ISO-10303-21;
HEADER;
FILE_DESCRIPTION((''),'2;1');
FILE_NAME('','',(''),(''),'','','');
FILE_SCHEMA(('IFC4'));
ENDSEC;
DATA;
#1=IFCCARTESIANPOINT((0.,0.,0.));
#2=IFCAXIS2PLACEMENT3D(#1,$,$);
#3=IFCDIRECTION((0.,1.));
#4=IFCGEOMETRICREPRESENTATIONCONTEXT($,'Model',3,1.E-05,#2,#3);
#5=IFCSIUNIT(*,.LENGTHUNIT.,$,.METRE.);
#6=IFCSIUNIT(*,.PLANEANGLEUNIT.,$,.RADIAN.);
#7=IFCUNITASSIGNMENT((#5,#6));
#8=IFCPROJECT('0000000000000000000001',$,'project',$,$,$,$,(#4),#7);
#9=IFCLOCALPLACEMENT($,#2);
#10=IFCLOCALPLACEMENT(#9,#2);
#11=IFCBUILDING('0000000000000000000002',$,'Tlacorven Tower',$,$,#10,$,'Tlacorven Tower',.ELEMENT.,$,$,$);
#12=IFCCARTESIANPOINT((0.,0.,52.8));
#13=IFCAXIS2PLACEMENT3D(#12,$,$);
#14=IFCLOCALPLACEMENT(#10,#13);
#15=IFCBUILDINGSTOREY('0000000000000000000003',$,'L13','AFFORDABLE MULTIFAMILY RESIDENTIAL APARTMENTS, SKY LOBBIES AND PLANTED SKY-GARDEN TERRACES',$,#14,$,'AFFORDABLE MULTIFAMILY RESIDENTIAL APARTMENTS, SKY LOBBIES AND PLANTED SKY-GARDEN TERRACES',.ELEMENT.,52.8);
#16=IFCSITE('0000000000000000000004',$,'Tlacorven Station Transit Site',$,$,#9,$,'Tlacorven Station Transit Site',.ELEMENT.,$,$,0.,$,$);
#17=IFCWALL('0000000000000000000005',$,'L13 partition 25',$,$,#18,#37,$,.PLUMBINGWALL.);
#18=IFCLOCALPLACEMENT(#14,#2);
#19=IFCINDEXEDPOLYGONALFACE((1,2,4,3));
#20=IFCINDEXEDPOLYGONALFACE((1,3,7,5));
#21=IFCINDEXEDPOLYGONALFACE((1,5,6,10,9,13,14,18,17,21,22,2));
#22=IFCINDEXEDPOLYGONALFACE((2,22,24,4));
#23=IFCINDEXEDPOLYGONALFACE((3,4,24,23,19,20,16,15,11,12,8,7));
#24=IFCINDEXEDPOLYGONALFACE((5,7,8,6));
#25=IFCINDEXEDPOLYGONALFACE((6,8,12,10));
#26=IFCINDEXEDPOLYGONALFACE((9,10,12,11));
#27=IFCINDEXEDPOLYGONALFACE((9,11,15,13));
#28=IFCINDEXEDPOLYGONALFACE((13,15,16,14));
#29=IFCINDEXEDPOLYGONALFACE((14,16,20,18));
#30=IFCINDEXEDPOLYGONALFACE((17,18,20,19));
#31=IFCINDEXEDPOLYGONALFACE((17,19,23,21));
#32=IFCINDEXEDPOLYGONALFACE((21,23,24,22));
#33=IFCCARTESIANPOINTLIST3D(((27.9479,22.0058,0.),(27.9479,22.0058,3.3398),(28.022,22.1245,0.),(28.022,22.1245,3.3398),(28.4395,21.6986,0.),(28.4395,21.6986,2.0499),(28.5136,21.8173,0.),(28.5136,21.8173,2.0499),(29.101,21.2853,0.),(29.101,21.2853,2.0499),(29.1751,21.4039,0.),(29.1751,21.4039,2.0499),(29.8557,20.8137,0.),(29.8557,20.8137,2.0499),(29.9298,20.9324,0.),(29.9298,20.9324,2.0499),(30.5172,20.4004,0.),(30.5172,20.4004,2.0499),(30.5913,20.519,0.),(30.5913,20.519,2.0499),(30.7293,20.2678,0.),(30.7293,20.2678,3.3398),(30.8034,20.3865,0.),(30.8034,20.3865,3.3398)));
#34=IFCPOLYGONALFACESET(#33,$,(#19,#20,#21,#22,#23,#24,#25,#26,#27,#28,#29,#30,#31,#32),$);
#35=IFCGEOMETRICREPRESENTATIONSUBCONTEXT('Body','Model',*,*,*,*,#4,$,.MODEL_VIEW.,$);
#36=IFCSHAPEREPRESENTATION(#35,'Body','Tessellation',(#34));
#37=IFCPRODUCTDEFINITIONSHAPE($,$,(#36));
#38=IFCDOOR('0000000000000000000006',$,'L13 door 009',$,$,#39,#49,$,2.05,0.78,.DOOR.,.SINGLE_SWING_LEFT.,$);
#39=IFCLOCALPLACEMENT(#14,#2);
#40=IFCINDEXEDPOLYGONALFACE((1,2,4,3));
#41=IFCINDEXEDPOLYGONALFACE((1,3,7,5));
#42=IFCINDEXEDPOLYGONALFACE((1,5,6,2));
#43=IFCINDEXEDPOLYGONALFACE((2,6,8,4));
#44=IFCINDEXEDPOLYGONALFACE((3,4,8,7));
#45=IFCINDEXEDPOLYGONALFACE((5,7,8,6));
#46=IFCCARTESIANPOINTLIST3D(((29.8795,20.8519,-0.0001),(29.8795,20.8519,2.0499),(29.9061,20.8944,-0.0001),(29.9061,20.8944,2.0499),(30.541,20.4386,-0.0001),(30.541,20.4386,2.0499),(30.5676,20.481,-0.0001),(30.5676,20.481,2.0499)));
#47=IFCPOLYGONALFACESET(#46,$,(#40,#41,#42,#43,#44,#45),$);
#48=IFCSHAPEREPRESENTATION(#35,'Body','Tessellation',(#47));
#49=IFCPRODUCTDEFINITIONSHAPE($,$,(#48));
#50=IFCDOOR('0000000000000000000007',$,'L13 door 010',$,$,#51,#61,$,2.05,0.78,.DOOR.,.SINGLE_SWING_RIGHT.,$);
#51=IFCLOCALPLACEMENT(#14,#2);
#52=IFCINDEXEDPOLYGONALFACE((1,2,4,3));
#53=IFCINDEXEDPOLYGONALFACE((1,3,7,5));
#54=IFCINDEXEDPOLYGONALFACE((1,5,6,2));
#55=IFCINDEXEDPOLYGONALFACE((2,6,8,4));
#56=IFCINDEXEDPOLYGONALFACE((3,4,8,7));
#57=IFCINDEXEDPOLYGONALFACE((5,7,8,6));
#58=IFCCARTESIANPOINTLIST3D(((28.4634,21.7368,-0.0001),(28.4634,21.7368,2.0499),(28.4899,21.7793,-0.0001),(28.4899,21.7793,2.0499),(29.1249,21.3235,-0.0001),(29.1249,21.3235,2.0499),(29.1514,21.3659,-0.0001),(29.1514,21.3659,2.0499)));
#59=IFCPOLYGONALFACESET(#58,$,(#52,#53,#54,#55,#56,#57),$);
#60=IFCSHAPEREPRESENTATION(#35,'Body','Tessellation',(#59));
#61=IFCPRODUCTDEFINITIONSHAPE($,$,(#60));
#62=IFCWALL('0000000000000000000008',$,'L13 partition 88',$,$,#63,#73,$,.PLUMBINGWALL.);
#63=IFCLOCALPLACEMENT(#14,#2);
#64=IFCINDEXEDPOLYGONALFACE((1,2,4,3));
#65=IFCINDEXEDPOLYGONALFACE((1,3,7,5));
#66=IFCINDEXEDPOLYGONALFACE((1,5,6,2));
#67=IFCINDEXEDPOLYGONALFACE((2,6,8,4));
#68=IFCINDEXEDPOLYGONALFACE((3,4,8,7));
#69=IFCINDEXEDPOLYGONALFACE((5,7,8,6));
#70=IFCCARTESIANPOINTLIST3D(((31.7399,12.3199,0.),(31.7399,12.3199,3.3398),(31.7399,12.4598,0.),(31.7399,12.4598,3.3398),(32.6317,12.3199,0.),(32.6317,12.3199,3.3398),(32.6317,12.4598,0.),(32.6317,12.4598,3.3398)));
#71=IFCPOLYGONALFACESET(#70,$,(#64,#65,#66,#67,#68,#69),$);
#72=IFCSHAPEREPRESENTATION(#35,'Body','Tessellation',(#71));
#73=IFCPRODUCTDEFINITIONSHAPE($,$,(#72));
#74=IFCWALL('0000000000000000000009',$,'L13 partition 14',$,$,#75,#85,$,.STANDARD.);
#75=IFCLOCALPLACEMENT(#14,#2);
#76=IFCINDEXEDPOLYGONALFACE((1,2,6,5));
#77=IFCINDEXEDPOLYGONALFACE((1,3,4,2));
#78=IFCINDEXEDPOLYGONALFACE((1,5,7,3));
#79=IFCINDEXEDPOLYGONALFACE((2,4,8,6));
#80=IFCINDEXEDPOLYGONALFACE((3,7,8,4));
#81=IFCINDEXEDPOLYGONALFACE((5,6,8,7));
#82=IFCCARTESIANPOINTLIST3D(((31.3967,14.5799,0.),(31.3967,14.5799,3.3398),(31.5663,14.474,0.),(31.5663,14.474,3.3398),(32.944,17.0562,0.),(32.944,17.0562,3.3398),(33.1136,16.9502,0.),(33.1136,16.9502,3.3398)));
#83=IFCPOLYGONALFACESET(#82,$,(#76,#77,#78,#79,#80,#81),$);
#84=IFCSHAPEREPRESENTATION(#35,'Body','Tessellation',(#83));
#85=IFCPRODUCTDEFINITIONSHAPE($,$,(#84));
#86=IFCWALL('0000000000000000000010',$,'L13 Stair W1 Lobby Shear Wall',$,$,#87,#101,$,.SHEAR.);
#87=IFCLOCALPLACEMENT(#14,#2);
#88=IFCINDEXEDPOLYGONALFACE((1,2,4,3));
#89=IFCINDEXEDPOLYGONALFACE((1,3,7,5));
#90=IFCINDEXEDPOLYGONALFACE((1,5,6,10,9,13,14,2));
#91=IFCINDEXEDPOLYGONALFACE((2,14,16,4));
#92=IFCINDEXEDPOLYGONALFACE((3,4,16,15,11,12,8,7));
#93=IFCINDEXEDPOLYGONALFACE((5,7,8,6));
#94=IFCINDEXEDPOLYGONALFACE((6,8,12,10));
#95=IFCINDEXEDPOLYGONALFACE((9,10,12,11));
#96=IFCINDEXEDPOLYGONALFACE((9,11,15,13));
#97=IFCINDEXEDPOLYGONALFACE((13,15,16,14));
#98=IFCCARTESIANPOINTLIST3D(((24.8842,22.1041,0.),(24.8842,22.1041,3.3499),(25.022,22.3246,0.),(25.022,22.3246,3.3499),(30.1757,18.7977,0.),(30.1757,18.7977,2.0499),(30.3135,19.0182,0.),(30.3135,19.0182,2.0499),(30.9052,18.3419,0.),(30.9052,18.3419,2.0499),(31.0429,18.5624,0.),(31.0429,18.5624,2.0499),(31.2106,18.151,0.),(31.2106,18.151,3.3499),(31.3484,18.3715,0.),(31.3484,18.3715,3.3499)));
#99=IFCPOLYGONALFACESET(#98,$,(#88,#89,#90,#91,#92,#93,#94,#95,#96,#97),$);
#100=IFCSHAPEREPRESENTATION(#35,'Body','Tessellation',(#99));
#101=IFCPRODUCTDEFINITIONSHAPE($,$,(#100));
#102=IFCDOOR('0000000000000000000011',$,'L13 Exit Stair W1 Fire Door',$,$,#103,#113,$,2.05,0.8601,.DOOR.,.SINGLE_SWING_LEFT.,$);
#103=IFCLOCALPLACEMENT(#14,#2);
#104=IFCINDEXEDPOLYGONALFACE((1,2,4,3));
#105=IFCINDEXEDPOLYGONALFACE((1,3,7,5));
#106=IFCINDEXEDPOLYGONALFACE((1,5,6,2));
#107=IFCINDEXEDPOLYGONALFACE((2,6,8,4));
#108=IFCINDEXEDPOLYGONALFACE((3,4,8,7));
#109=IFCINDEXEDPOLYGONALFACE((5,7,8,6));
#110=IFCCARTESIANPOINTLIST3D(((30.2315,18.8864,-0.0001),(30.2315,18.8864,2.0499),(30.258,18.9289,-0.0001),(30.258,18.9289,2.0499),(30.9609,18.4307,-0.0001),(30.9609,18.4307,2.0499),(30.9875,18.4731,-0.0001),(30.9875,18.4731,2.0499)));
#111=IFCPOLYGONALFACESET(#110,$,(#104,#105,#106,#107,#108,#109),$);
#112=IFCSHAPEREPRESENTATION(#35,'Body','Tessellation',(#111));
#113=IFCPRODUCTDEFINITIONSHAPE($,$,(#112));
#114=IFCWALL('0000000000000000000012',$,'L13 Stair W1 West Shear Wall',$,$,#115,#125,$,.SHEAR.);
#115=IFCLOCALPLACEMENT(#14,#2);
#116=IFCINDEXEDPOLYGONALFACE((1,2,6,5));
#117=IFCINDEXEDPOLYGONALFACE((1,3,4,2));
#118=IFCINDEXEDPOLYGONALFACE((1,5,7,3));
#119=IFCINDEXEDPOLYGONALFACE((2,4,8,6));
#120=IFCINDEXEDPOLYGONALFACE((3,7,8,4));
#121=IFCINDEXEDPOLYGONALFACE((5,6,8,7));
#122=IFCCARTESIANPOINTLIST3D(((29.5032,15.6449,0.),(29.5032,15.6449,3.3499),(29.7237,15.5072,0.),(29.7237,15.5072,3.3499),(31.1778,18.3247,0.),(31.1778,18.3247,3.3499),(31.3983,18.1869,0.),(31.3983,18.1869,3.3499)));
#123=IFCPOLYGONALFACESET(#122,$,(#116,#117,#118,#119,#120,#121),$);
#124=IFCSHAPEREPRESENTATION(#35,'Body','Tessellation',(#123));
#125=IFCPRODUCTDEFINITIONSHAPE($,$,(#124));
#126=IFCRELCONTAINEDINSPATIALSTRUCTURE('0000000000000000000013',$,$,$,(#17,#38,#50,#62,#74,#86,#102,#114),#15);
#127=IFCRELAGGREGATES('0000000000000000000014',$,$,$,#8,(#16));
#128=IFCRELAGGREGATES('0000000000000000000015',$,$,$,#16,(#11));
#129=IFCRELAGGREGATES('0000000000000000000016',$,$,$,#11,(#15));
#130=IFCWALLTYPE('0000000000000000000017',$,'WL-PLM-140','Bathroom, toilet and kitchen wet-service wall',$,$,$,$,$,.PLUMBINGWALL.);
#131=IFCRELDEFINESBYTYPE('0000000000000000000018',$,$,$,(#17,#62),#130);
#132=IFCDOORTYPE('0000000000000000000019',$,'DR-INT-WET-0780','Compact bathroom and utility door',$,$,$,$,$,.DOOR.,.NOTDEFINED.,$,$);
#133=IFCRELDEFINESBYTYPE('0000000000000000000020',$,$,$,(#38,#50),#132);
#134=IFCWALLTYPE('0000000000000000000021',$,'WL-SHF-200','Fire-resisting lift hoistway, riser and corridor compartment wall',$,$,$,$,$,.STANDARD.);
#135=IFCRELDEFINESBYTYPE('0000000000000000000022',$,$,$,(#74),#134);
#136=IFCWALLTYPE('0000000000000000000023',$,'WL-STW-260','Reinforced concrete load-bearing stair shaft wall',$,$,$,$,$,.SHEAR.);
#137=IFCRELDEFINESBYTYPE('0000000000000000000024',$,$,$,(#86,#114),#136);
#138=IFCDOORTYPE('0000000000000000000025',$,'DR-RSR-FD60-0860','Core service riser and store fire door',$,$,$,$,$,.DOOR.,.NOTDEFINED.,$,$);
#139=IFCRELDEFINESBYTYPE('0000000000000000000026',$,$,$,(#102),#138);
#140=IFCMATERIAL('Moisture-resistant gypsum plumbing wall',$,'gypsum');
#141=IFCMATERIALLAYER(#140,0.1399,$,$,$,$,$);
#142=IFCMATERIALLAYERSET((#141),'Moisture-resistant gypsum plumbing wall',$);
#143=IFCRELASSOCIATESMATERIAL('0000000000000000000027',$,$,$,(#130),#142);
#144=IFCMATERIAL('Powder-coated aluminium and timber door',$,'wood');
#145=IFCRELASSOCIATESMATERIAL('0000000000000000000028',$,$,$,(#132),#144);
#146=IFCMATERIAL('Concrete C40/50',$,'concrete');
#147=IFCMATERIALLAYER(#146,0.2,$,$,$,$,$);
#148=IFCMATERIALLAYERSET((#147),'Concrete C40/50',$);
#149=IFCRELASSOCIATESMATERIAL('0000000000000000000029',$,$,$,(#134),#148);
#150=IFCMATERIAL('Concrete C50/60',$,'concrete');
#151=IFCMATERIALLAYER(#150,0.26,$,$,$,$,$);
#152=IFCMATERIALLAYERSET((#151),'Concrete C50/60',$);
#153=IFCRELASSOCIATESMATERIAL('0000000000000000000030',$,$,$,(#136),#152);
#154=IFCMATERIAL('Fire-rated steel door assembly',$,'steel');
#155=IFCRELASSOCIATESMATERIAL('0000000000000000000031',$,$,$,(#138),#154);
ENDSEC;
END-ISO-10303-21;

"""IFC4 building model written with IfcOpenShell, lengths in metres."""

from ifc_helpers import new_model, si_unit, direction, frame, frame_2d, origin, place, context, subcontext, project, spatial, rectangle, extrude, source, transform, mapped, material, layer, layer_set, type_object, element, fill, save


model = new_model("IFC4")

# Units and contexts
model_context = context("Model", 3, precision=1e-05, world=origin(), true_north=direction((0.0, 1.0)))
body_context = subcontext(model_context, "Body", "Model", "MODEL_VIEW")
ifc_project = project(units=[si_unit("LENGTHUNIT", "METRE"), si_unit("PLANEANGLEUNIT", "RADIAN")], contexts=[model_context])

# Site, building, storey
site_placement = place(None, origin())
site = spatial("IfcSite", under=ifc_project, at=site_placement, Name="Tlacorven Station Transit Site", LongName="Tlacorven Station Transit Site", CompositionType="ELEMENT", RefElevation=0.0)
building_placement = place(site_placement, origin())
building = spatial("IfcBuilding", under=site, at=building_placement, Name="Tlacorven Tower", LongName="Tlacorven Tower", CompositionType="ELEMENT")
storey_placement = place(building_placement, frame((0.0, 0.0, 52.8)))
storey = spatial("IfcBuildingStorey", under=building, at=storey_placement, Name="L13", Description="AFFORDABLE MULTIFAMILY RESIDENTIAL APARTMENTS, SKY LOBBIES AND PLANTED SKY-GARDEN TERRACES", LongName="AFFORDABLE MULTIFAMILY RESIDENTIAL APARTMENTS, SKY LOBBIES AND PLANTED SKY-GARDEN TERRACES", CompositionType="ELEMENT", Elevation=52.8)

# Shared definitions
ifc_material_1 = material(Name="Fire-rated steel door assembly", Category="steel")

# Wall, openings, doors
ifc_material_2 = material(Name="Moisture-resistant gypsum plumbing wall", Category="gypsum")
ifc_layer_1 = layer(ifc_material_2, 0.1399)
ifc_layer_set_1 = layer_set([ifc_layer_1], Name="Moisture-resistant gypsum plumbing wall")
wall_type_1 = type_object("IfcWallType", Name="WL-PLM-140", Description="Bathroom, toilet and kitchen wet-service wall", PredefinedType="PLUMBINGWALL", material=ifc_layer_set_1)
wall_1_placement = place(storey_placement, frame((30.7664, 20.3271, 0.0), z_axis=(0.0, 0.0, 1.0), x_axis=(-0.848053, 0.529912, 0.0)))
wall_1 = element("IfcWall", 1, at=wall_1_placement, inside=storey, type_object=wall_type_1, Name="L13 partition 25", PredefinedType="PLUMBINGWALL", context=body_context, shape_type="SweptSolid", body=[
    extrude(rectangle(XDim=3.2798, YDim=0.1399, at=frame_2d((1.6399, 0.0))), origin(), (0.0, 0.0, 1.0), 3.3398),
])
opening_1_placement = place(wall_1_placement, frame((0.25, 0.0, 0.0)))
opening_1 = element("IfcOpeningElement", 2, at=opening_1_placement, cuts=wall_1, PredefinedType="OPENING", context=body_context, shape_type="SweptSolid", body=[
    extrude(rectangle(XDim=0.78, YDim=2.05, at=frame_2d((0.3901, 1.0249))), frame((0.0, 0.0801, 0.0), z_axis=(0.0, -1.0, 0.0), x_axis=(1.0, 0.0, 0.0)), (0.0, 0.0, 1.0), 0.1599),
])
opening_2_placement = place(wall_1_placement, frame((1.9199, 0.0, 0.0)))
opening_2 = element("IfcOpeningElement", 3, at=opening_2_placement, cuts=wall_1, PredefinedType="OPENING", context=body_context, shape_type="SweptSolid", body=[
    extrude(rectangle(XDim=0.78, YDim=2.05, at=frame_2d((0.3901, 1.0249))), frame((0.0, 0.0801, 0.0), z_axis=(0.0, -1.0, 0.0), x_axis=(1.0, 0.0, 0.0)), (0.0, 0.0, 1.0), 0.1599),
])
ifc_material_3 = material(Name="Powder-coated aluminium and timber door", Category="wood")
door_type_1 = type_object("IfcDoorType", Name="DR-INT-WET-0780", Description="Compact bathroom and utility door", OperationType="NOTDEFINED", PredefinedType="DOOR", material=ifc_material_3)
shared_shape_1 = source(origin(), body_context, "Body", "SweptSolid", [
    extrude(rectangle(XDim=0.78, YDim=2.05, at=frame_2d((0.3901, 1.0249))), frame((0.0, 0.0249, 0.0), z_axis=(0.0, -1.0, 0.0), x_axis=(1.0, 0.0, 0.0)), (0.0, 0.0, 1.0), 0.05),
])
door_1_placement = place(opening_1_placement, origin())
door_1 = element("IfcDoor", 4, at=door_1_placement, inside=storey, type_object=door_type_1, Name="L13 door 009", OperationType="SINGLE_SWING_LEFT", OverallHeight=2.05, OverallWidth=0.78, PredefinedType="DOOR", context=body_context, shape_type="MappedRepresentation", body=[
    mapped(shared_shape_1, transform((0.0, 0.0, 0.0), scale=1.0)),
])
fill(opening_1, door_1)
door_2_placement = place(opening_2_placement, origin())
door_2 = element("IfcDoor", 5, at=door_2_placement, inside=storey, type_object=door_type_1, Name="L13 door 010", OperationType="SINGLE_SWING_RIGHT", OverallHeight=2.05, OverallWidth=0.78, PredefinedType="DOOR", context=body_context, shape_type="MappedRepresentation", body=[
    mapped(shared_shape_1, transform((0.0, 0.0, 0.0), scale=1.0)),
])
fill(opening_2, door_2)

# Walls
wall_2_placement = place(storey_placement, frame((31.74, 12.3899, 0.0), z_axis=(0.0, 0.0, 1.0), x_axis=(1.0, 0.0, 0.0)))
element("IfcWall", 6, at=wall_2_placement, inside=storey, type_object=wall_type_1, Name="L13 partition 88", PredefinedType="PLUMBINGWALL", context=body_context, shape_type="SweptSolid", body=[
    extrude(rectangle(XDim=0.8918, YDim=0.1399, at=frame_2d((0.4458, 0.0))), origin(), (0.0, 0.0, 1.0), 3.3398),
])
ifc_material_4 = material(Name="Concrete C40/50", Category="concrete")
ifc_layer_2 = layer(ifc_material_4, 0.2)
ifc_layer_set_2 = layer_set([ifc_layer_2], Name="Concrete C40/50")
wall_type_2 = type_object("IfcWallType", Name="WL-SHF-200", Description="Fire-resisting lift hoistway, riser and corridor compartment wall", PredefinedType="STANDARD", material=ifc_layer_set_2)
wall_3_placement = place(storey_placement, frame((33.0288, 17.0032, 0.0), z_axis=(0.0, 0.0, 1.0), x_axis=(-0.529916, -0.84805, 0.0)))
element("IfcWall", 7, at=wall_3_placement, inside=storey, type_object=wall_type_2, Name="L13 partition 14", PredefinedType="STANDARD", context=body_context, shape_type="SweptSolid", body=[
    extrude(rectangle(XDim=2.9199, YDim=0.2, at=frame_2d((1.46, 0.0))), origin(), (0.0, 0.0, 1.0), 3.3398),
])

# Wall, opening, door
ifc_material_5 = material(Name="Concrete C50/60", Category="concrete")
ifc_layer_3 = layer(ifc_material_5, 0.26)
ifc_layer_set_3 = layer_set([ifc_layer_3], Name="Concrete C50/60")
wall_type_3 = type_object("IfcWallType", Name="WL-STW-260", Description="Reinforced concrete load-bearing stair shaft wall", PredefinedType="SHEAR", material=ifc_layer_set_3)
wall_4_placement = place(storey_placement, frame((31.2795, 18.2612, 0.0), z_axis=(0.0, 0.0, 1.0), x_axis=(-0.848052, 0.529914, 0.0)))
wall_4 = element("IfcWall", 8, at=wall_4_placement, inside=storey, type_object=wall_type_3, Name="L13 Stair W1 Lobby Shear Wall", PredefinedType="SHEAR", context=body_context, shape_type="SweptSolid", body=[
    extrude(rectangle(XDim=7.46, YDim=0.26, at=frame_2d((3.73, 0.0))), origin(), (0.0, 0.0, 1.0), 3.3499),
])
opening_3_placement = place(wall_4_placement, frame((0.3601, 0.0, 0.0)))
opening_3 = element("IfcOpeningElement", 9, at=opening_3_placement, cuts=wall_4, PredefinedType="OPENING", context=body_context, shape_type="SweptSolid", body=[
    extrude(rectangle(XDim=0.8601, YDim=2.05, at=frame_2d((0.4302, 1.0249))), frame((0.0, 0.1401, 0.0), z_axis=(0.0, -1.0, 0.0), x_axis=(1.0, 0.0, 0.0)), (0.0, 0.0, 1.0), 0.28),
])
door_type_2 = type_object("IfcDoorType", Name="DR-RSR-FD60-0860", Description="Core service riser and store fire door", OperationType="NOTDEFINED", PredefinedType="DOOR", material=ifc_material_1)
shared_shape_2 = source(origin(), body_context, "Body", "SweptSolid", [
    extrude(rectangle(XDim=0.8601, YDim=2.05, at=frame_2d((0.4302, 1.0249))), frame((0.0, 0.0249, 0.0), z_axis=(0.0, -1.0, 0.0), x_axis=(1.0, 0.0, 0.0)), (0.0, 0.0, 1.0), 0.05),
])
door_3_placement = place(opening_3_placement, frame((0.8601, 0.0, 0.0), z_axis=(0.0, 0.0, 1.0), x_axis=(-1.0, 0.0, 0.0)))
door_3 = element("IfcDoor", 10, at=door_3_placement, inside=storey, type_object=door_type_2, Name="L13 Exit Stair W1 Fire Door", OperationType="SINGLE_SWING_LEFT", OverallHeight=2.05, OverallWidth=0.8601, PredefinedType="DOOR", context=body_context, shape_type="MappedRepresentation", body=[
    mapped(shared_shape_2, transform((0.0, 0.0, 0.0), scale=1.0)),
])
fill(opening_3, door_3)

# Wall
wall_5_placement = place(storey_placement, frame((31.2881, 18.2559, 0.0), z_axis=(0.0, 0.0, 1.0), x_axis=(-0.529943, -0.848033, 0.0)))
element("IfcWall", 11, at=wall_5_placement, inside=storey, type_object=wall_type_3, Name="L13 Stair W1 West Shear Wall", PredefinedType="SHEAR", context=body_context, shape_type="SweptSolid", body=[
    extrude(rectangle(XDim=3.1599, YDim=0.26, at=frame_2d((1.5801, 0.0))), origin(), (0.0, 0.0, 1.0), 3.3499),
])

save(model, "model.ifc")
